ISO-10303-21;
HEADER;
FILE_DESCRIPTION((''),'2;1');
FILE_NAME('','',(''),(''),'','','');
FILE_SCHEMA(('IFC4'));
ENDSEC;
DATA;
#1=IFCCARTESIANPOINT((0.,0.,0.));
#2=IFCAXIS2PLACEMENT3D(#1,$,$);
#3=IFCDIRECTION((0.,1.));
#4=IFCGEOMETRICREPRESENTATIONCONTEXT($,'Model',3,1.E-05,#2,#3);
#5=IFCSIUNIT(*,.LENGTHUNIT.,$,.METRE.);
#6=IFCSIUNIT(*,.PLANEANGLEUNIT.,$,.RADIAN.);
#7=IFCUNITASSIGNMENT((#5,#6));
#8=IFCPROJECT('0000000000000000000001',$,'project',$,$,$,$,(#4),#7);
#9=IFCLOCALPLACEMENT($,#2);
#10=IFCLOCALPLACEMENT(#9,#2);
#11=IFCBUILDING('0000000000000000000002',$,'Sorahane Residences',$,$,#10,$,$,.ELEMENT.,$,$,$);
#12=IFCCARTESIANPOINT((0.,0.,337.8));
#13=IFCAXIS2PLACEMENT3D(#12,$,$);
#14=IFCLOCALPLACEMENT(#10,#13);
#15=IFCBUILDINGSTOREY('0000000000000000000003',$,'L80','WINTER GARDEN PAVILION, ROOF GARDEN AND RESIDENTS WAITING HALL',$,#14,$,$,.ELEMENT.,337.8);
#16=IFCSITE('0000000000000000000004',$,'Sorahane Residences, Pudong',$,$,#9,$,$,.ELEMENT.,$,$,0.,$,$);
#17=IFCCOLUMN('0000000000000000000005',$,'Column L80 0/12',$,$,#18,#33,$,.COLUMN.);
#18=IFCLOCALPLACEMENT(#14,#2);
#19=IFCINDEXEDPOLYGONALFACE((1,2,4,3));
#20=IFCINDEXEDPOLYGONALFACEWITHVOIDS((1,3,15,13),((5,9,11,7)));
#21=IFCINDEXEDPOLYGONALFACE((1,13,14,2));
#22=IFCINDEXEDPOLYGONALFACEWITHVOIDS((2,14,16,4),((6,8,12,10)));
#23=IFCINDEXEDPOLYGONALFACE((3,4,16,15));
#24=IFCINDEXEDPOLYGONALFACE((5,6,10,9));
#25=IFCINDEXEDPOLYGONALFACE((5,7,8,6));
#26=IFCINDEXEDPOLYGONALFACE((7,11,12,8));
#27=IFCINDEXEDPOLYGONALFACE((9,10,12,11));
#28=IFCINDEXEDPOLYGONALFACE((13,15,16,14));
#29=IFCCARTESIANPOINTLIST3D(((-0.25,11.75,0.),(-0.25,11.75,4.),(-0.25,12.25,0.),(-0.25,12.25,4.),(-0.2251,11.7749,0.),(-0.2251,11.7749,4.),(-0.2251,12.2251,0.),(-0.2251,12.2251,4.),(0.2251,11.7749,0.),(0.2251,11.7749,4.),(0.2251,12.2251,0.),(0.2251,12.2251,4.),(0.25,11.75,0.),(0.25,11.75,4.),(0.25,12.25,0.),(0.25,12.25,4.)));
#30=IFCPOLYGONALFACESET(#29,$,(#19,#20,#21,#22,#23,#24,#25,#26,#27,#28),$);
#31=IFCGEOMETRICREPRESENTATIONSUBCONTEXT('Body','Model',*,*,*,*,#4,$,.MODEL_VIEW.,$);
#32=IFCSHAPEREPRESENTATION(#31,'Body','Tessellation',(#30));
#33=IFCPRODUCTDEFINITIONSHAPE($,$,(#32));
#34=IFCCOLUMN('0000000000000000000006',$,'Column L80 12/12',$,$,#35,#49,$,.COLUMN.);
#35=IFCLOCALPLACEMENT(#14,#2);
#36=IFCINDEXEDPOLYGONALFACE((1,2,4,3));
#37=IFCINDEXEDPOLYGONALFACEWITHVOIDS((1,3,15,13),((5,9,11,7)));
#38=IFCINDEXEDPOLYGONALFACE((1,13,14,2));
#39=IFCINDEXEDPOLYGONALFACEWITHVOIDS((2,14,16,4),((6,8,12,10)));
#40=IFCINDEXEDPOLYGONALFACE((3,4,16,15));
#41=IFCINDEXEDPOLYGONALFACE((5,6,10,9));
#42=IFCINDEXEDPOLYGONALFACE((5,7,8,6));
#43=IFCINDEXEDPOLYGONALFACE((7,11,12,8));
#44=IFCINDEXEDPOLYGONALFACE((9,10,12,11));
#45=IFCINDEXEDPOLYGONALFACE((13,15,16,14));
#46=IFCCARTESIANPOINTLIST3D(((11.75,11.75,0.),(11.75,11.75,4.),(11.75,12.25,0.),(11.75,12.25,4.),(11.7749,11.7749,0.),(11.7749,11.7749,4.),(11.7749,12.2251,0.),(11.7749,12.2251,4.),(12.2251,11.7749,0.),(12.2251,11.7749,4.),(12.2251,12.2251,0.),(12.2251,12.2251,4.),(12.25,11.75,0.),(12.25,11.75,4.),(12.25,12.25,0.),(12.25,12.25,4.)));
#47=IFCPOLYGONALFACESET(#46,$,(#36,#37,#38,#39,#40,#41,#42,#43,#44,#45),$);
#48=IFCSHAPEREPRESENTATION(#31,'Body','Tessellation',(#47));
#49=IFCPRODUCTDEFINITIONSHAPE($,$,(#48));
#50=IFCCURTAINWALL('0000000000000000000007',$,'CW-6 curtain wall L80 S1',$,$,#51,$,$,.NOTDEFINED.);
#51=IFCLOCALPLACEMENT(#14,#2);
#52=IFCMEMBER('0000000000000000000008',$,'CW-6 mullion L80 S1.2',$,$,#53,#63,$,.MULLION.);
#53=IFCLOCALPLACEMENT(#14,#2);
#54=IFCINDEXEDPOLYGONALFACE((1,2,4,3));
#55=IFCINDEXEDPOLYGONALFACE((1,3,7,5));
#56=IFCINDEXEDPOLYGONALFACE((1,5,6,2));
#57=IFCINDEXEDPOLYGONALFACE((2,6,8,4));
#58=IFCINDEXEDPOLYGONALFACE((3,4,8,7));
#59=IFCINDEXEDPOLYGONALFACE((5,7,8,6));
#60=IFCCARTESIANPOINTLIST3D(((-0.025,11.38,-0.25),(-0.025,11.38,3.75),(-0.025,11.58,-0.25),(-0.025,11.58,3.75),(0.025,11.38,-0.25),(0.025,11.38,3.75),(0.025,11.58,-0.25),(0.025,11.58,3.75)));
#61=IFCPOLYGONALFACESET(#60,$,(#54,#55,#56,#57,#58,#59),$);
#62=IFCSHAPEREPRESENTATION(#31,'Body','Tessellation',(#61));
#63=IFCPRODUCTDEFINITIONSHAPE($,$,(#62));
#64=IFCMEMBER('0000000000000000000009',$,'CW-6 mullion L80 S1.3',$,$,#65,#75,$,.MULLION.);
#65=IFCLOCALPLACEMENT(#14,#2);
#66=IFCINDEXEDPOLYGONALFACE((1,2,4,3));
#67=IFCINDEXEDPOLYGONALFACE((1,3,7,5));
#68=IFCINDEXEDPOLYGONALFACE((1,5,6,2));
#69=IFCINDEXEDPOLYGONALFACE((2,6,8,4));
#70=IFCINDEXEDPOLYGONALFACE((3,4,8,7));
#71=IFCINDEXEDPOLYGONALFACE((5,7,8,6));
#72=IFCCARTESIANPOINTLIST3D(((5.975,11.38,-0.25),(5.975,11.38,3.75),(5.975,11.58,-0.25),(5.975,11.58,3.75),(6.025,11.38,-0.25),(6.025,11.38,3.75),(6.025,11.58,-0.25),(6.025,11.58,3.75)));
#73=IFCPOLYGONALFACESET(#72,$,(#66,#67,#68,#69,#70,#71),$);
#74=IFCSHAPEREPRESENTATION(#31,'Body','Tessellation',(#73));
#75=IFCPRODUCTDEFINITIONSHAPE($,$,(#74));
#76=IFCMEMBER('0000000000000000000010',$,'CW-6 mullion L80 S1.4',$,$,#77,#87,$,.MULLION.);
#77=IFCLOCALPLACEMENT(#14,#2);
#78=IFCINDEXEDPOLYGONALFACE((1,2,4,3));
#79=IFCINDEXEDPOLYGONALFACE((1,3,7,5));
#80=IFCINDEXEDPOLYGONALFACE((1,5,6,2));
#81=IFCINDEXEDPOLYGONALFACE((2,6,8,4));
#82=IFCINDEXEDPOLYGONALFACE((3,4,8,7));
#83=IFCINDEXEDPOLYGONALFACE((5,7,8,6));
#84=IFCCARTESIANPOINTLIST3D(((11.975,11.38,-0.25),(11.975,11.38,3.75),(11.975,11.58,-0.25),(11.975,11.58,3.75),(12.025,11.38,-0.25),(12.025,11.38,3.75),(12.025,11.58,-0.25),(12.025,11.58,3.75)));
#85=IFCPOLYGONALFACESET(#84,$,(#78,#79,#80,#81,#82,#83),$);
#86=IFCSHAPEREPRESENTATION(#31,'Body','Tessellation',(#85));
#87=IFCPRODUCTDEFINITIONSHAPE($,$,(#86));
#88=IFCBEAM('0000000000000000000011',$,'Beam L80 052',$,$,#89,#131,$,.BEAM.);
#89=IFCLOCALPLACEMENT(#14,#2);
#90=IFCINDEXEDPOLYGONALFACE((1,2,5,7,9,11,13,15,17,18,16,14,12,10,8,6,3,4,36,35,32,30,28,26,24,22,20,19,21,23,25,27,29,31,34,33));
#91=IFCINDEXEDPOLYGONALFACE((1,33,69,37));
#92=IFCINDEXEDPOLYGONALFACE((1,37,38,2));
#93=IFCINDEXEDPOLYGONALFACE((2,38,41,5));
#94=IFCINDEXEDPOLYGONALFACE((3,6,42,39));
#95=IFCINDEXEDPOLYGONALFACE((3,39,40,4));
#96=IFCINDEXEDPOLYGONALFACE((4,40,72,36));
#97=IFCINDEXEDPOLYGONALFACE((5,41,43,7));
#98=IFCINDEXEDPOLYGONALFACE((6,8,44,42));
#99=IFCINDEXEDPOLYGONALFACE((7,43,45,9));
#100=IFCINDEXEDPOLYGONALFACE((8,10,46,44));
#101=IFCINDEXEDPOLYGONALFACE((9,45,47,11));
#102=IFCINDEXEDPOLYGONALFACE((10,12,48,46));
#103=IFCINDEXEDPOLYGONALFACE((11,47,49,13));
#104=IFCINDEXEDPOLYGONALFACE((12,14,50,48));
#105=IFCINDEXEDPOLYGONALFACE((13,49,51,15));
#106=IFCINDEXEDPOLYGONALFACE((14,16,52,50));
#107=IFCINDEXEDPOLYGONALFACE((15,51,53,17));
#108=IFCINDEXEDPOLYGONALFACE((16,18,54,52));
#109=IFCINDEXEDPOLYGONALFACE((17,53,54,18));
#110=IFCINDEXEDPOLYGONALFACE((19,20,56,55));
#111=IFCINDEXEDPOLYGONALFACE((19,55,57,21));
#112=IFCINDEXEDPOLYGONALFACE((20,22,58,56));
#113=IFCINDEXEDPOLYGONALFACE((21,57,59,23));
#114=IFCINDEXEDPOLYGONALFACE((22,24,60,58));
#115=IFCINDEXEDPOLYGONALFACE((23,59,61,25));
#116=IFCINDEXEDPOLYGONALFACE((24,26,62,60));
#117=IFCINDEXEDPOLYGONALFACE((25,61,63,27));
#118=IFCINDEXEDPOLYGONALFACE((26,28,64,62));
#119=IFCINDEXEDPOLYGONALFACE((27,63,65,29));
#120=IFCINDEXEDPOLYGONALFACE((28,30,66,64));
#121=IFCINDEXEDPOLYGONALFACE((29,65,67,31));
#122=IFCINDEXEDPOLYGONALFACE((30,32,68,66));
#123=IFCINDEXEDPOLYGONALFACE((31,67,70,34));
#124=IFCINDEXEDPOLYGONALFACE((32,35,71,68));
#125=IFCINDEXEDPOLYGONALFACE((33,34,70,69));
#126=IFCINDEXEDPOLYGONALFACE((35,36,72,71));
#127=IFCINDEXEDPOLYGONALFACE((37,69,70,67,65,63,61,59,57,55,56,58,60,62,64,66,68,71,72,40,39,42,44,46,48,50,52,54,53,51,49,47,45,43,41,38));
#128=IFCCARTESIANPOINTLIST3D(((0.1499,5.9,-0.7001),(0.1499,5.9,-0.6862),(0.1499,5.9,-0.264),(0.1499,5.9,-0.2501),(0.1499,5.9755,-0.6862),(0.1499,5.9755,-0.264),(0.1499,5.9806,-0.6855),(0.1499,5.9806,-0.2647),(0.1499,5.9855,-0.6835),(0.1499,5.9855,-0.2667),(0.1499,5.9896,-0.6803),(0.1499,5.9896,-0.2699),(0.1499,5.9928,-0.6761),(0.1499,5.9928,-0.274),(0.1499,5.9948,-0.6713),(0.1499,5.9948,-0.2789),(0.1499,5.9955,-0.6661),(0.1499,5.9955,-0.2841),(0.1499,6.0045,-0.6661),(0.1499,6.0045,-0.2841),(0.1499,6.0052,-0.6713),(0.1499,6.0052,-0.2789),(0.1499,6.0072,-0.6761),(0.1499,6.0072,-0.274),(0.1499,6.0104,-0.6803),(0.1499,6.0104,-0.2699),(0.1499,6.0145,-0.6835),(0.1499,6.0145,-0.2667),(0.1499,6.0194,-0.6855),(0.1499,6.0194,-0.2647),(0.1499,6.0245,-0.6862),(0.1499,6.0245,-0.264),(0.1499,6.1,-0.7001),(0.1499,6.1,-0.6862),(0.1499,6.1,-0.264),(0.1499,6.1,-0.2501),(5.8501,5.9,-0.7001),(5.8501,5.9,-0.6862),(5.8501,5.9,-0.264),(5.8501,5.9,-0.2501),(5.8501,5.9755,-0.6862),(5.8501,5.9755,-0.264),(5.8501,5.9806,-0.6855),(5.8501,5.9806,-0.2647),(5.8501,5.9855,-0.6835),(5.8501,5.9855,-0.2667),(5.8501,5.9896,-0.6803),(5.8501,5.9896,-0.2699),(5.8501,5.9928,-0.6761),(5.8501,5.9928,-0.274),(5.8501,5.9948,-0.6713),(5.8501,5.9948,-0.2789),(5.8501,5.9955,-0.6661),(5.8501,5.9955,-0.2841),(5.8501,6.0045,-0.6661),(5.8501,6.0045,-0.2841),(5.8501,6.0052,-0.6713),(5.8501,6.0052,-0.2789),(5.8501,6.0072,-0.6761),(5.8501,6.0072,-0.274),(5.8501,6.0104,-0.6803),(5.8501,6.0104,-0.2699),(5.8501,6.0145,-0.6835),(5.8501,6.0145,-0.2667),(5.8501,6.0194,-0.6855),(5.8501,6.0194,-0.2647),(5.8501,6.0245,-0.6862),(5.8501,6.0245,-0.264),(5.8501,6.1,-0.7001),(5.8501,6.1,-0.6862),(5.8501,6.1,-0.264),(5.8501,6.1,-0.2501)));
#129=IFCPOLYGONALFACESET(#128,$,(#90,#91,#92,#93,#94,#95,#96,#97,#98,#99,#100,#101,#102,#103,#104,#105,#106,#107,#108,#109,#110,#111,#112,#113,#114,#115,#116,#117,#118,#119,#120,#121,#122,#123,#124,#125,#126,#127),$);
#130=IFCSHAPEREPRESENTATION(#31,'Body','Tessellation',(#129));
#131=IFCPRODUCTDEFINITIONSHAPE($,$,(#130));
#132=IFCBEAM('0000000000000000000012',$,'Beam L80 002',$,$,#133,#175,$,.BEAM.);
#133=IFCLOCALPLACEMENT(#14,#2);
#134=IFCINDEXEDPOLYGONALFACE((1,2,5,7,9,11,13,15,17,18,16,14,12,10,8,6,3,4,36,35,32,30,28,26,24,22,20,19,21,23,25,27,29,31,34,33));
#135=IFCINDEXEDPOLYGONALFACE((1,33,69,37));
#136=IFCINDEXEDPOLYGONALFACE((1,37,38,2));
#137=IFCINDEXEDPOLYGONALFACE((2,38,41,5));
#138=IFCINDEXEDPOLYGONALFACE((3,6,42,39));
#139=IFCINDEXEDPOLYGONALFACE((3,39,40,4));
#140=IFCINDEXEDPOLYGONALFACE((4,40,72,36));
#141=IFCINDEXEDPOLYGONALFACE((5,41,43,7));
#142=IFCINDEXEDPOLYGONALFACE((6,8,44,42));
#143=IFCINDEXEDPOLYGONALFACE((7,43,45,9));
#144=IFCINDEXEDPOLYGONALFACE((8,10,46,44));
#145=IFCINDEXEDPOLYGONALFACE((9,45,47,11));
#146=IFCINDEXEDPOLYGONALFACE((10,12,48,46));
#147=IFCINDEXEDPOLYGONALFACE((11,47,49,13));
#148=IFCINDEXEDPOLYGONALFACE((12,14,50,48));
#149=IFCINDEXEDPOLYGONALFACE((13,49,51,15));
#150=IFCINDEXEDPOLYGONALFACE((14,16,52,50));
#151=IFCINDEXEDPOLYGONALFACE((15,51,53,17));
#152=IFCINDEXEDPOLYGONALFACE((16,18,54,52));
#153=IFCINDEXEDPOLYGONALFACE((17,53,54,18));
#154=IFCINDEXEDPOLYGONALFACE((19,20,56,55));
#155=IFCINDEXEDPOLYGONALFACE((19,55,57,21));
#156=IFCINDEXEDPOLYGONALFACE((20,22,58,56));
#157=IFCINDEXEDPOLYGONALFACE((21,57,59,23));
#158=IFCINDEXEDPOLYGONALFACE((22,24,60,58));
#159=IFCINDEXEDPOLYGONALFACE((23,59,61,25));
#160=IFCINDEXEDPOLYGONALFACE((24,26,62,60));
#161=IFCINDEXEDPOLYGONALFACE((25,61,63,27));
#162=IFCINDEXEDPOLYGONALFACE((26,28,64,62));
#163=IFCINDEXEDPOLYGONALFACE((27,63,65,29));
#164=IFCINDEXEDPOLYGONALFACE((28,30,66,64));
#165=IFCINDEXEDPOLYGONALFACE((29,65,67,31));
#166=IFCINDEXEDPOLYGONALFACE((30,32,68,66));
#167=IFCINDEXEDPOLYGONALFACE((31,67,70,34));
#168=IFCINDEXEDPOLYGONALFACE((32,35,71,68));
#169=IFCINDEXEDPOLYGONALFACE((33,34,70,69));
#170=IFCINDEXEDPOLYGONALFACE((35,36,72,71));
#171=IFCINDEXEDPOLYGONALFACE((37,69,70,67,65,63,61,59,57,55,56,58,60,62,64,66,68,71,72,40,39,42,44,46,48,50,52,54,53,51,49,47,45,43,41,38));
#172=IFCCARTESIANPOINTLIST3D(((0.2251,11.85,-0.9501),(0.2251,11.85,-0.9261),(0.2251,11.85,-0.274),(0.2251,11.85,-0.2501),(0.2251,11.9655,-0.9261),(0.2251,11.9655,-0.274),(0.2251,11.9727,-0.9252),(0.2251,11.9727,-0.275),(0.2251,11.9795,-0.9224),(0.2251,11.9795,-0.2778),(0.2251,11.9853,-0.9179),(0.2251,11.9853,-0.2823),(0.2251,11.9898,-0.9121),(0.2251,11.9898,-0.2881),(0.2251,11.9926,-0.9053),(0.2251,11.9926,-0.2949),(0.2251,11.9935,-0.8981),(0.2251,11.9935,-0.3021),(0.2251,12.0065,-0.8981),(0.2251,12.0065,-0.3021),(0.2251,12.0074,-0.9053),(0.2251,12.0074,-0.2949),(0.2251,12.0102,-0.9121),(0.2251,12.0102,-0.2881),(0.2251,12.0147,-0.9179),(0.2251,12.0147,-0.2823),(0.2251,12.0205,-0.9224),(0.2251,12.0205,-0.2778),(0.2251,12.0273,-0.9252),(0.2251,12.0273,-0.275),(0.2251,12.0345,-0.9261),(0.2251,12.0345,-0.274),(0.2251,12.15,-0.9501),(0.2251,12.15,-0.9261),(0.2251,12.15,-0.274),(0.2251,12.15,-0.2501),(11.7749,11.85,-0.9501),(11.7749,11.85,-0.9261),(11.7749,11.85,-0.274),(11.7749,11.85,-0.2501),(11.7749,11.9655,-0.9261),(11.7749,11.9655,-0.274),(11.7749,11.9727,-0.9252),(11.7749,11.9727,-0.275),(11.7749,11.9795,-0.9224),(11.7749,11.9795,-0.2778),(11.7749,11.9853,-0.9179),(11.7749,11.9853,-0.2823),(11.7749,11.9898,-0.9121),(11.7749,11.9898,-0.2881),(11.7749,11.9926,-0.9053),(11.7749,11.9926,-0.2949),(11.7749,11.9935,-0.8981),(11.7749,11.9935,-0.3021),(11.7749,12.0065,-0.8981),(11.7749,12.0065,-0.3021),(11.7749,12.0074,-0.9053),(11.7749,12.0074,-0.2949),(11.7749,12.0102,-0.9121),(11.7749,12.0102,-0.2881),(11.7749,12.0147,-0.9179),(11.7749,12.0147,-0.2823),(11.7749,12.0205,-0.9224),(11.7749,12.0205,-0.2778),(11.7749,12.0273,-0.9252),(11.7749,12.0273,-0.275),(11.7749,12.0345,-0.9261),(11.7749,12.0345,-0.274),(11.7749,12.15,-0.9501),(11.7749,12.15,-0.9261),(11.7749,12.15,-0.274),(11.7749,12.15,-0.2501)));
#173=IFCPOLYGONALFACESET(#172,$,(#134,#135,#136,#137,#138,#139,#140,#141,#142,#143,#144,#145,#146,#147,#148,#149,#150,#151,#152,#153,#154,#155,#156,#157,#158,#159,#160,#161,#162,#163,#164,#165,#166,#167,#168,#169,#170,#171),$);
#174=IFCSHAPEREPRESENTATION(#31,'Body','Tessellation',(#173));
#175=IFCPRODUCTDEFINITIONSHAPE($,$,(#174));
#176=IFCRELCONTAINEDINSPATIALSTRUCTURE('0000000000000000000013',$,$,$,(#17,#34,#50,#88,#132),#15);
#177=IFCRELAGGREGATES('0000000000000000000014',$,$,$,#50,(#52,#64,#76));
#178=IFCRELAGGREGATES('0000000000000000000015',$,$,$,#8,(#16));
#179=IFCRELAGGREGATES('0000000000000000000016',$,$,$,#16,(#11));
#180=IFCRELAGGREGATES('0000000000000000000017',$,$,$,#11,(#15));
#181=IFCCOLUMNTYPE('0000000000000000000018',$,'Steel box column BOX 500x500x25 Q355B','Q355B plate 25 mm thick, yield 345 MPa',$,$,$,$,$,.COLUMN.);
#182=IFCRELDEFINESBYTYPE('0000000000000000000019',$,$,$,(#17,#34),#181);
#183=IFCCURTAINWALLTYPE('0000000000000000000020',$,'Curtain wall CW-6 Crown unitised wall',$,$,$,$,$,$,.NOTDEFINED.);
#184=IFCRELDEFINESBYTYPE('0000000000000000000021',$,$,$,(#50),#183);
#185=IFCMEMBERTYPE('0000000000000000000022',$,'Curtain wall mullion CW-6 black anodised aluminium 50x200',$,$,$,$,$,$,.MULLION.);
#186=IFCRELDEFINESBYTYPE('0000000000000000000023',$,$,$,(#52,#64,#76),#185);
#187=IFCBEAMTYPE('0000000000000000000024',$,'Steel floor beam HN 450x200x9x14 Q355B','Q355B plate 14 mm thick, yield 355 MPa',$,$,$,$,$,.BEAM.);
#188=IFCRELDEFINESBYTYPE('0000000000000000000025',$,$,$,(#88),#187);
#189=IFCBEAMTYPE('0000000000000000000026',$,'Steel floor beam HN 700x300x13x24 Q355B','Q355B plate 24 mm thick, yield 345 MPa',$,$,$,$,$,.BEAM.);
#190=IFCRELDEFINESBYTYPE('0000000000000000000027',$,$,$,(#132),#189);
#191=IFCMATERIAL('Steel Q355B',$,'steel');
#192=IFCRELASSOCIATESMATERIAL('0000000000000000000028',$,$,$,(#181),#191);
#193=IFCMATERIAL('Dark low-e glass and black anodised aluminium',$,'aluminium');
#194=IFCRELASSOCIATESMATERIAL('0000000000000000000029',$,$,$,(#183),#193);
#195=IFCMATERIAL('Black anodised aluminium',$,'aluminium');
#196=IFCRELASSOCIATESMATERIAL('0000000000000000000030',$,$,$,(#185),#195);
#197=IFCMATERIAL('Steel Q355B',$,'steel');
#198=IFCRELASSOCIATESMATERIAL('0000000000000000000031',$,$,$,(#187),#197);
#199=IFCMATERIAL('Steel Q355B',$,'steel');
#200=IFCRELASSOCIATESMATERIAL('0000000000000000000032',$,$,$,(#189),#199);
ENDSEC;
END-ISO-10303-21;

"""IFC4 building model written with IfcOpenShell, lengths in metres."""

from ifc_helpers import new_model, si_unit, direction, frame, origin, origin_2d, place, context, subcontext, project, spatial, rectangle, hollow_rectangle, i_section, extrude, material, material_profile, profile_set, type_object, element, aggregate, save


model = new_model("IFC4")

# Units and contexts
model_context = context("Model", 3, precision=1e-05, world=origin(), true_north=direction((0.0, 1.0)))
body_context = subcontext(model_context, "Body", "Model", "MODEL_VIEW")
ifc_project = project(units=[si_unit("LENGTHUNIT", "METRE"), si_unit("PLANEANGLEUNIT", "RADIAN")], contexts=[model_context])

# Site, building, storey
site_placement = place(None, origin())
site = spatial("IfcSite", under=ifc_project, at=site_placement, Name="Sorahane Residences, Pudong", CompositionType="ELEMENT", RefElevation=0.0)
building_placement = place(site_placement, origin())
building = spatial("IfcBuilding", under=site, at=building_placement, Name="Sorahane Residences", CompositionType="ELEMENT")
storey_placement = place(building_placement, frame((0.0, 0.0, 337.8)))
storey = spatial("IfcBuildingStorey", under=building, at=storey_placement, Name="L80", Description="WINTER GARDEN PAVILION, ROOF GARDEN AND RESIDENTS WAITING HALL", CompositionType="ELEMENT", Elevation=337.8)

# Columns
ifc_material_1 = material(Name="Steel Q355B", Category="steel")
ifc_material_profile_1 = material_profile(ifc_material_1, hollow_rectangle(XDim=0.5, YDim=0.5, WallThickness=0.0249, at=origin_2d()), Name="BOX 500x500x25")
ifc_profile_set_1 = profile_set([ifc_material_profile_1], Name="Steel Q355B")
column_type = type_object("IfcColumnType", Name="Steel box column BOX 500x500x25 Q355B", Description="Q355B plate 25 mm thick, yield 345 MPa", PredefinedType="COLUMN", material=ifc_profile_set_1)
for number, where, z_axis, x_axis, name in (
    (1, (0.0, 12.0, 0.0), (0.0, 0.0, 1.0), (1.0, 0.0, 0.0), "Column L80 0/12"),
    (2, (12.0, 12.0, 0.0), (0.0, 0.0, 1.0), (1.0, 0.0, 0.0), "Column L80 12/12"),
):
    element("IfcColumn", number, at=place(storey_placement, frame(where, z_axis=z_axis, x_axis=x_axis)), inside=storey, type_object=column_type, Name=name, PredefinedType="COLUMN", context=body_context, shape_type="SweptSolid", body=[
        extrude(hollow_rectangle(XDim=0.5, YDim=0.5, WallThickness=0.0249, at=origin_2d()), origin(), (0.0, 0.0, 1.0), 4.0),
    ])

# Curtain wall, members
ifc_material_2 = material(Name="Dark low-e glass and black anodised aluminium", Category="aluminium")
curtain_wall_type = type_object("IfcCurtainWallType", Name="Curtain wall CW-6 Crown unitised wall", PredefinedType="NOTDEFINED", material=ifc_material_2)
curtain_wall_placement = place(storey_placement, origin())
curtain_wall = element("IfcCurtainWall", 3, at=curtain_wall_placement, inside=storey, type_object=curtain_wall_type, Name="CW-6 curtain wall L80 S1", PredefinedType="NOTDEFINED")
ifc_material_3 = material(Name="Black anodised aluminium", Category="aluminium")
ifc_material_profile_2 = material_profile(ifc_material_3, rectangle(XDim=0.2, YDim=0.05, at=origin_2d()), Name="Curtain wall mullion CW-6 black anodised aluminium 50x200")
ifc_profile_set_2 = profile_set([ifc_material_profile_2], Name="Black anodised aluminium")
member_type = type_object("IfcMemberType", Name="Curtain wall mullion CW-6 black anodised aluminium 50x200", PredefinedType="MULLION", material=ifc_profile_set_2)
member_1_placement = place(storey_placement, frame((0.0, 11.48, -0.25), z_axis=(0.0, 0.0, 1.0), x_axis=(0.0, -1.0, 0.0)))
member_1 = element("IfcMember", 4, at=member_1_placement, type_object=member_type, Name="CW-6 mullion L80 S1.2", PredefinedType="MULLION", context=body_context, shape_type="SweptSolid", body=[
    extrude(rectangle(XDim=0.2, YDim=0.05, at=origin_2d()), origin(), (0.0, 0.0, 1.0), 4.0),
])
member_2_placement = place(storey_placement, frame((6.0, 11.48, -0.25), z_axis=(0.0, 0.0, 1.0), x_axis=(0.0, -1.0, 0.0)))
member_2 = element("IfcMember", 5, at=member_2_placement, type_object=member_type, Name="CW-6 mullion L80 S1.3", PredefinedType="MULLION", context=body_context, shape_type="SweptSolid", body=[
    extrude(rectangle(XDim=0.2, YDim=0.05, at=origin_2d()), origin(), (0.0, 0.0, 1.0), 4.0),
])
member_3_placement = place(storey_placement, frame((12.0, 11.48, -0.25), z_axis=(0.0, 0.0, 1.0), x_axis=(0.0, -1.0, 0.0)))
member_3 = element("IfcMember", 6, at=member_3_placement, type_object=member_type, Name="CW-6 mullion L80 S1.4", PredefinedType="MULLION", context=body_context, shape_type="SweptSolid", body=[
    extrude(rectangle(XDim=0.2, YDim=0.05, at=origin_2d()), origin(), (0.0, 0.0, 1.0), 4.0),
])

# Beams
ifc_material_4 = material(Name="Steel Q355B", Category="steel")
ifc_material_profile_3 = material_profile(ifc_material_4, i_section(OverallWidth=0.2, OverallDepth=0.45, WebThickness=0.009, FlangeThickness=0.0139, FilletRadius=0.02, at=origin_2d()), Name="HN 450x200x9x14")
ifc_profile_set_3 = profile_set([ifc_material_profile_3], Name="Steel Q355B")
beam_type_1 = type_object("IfcBeamType", Name="Steel floor beam HN 450x200x9x14 Q355B", Description="Q355B plate 14 mm thick, yield 355 MPa", PredefinedType="BEAM", material=ifc_profile_set_3)
beam_1_placement = place(storey_placement, frame((0.1499, 6.0, -0.4751), z_axis=(1.0, 0.0, 0.0), x_axis=(0.0, 1.0, 0.0)))
element("IfcBeam", 7, at=beam_1_placement, inside=storey, type_object=beam_type_1, Name="Beam L80 052", PredefinedType="BEAM", context=body_context, shape_type="SweptSolid", body=[
    extrude(i_section(OverallWidth=0.2, OverallDepth=0.45, WebThickness=0.009, FlangeThickness=0.0139, FilletRadius=0.02, at=origin_2d()), origin(), (0.0, 0.0, 1.0), 5.7002),
])
ifc_material_5 = material(Name="Steel Q355B", Category="steel")
ifc_material_profile_4 = material_profile(ifc_material_5, i_section(OverallWidth=0.3, OverallDepth=0.7, WebThickness=0.0129, FlangeThickness=0.0239, FilletRadius=0.0281, at=origin_2d()), Name="HN 700x300x13x24")
ifc_profile_set_4 = profile_set([ifc_material_profile_4], Name="Steel Q355B")
beam_type_2 = type_object("IfcBeamType", Name="Steel floor beam HN 700x300x13x24 Q355B", Description="Q355B plate 24 mm thick, yield 345 MPa", PredefinedType="BEAM", material=ifc_profile_set_4)
for number, where, z_axis, x_axis, name in (
    (8, (0.2251, 12.0, -0.6001), (1.0, 0.0, 0.0), (0.0, 1.0, 0.0), "Beam L80 002"),
):
    element("IfcBeam", number, at=place(storey_placement, frame(where, z_axis=z_axis, x_axis=x_axis)), inside=storey, type_object=beam_type_2, Name=name, PredefinedType="BEAM", context=body_context, shape_type="SweptSolid", body=[
        extrude(i_section(OverallWidth=0.3, OverallDepth=0.7, WebThickness=0.0129, FlangeThickness=0.0239, FilletRadius=0.0281, at=origin_2d()), origin(), (0.0, 0.0, 1.0), 11.5498),
    ])

aggregate(curtain_wall, [member_1, member_2, member_3])

save(model, "model.ifc")
